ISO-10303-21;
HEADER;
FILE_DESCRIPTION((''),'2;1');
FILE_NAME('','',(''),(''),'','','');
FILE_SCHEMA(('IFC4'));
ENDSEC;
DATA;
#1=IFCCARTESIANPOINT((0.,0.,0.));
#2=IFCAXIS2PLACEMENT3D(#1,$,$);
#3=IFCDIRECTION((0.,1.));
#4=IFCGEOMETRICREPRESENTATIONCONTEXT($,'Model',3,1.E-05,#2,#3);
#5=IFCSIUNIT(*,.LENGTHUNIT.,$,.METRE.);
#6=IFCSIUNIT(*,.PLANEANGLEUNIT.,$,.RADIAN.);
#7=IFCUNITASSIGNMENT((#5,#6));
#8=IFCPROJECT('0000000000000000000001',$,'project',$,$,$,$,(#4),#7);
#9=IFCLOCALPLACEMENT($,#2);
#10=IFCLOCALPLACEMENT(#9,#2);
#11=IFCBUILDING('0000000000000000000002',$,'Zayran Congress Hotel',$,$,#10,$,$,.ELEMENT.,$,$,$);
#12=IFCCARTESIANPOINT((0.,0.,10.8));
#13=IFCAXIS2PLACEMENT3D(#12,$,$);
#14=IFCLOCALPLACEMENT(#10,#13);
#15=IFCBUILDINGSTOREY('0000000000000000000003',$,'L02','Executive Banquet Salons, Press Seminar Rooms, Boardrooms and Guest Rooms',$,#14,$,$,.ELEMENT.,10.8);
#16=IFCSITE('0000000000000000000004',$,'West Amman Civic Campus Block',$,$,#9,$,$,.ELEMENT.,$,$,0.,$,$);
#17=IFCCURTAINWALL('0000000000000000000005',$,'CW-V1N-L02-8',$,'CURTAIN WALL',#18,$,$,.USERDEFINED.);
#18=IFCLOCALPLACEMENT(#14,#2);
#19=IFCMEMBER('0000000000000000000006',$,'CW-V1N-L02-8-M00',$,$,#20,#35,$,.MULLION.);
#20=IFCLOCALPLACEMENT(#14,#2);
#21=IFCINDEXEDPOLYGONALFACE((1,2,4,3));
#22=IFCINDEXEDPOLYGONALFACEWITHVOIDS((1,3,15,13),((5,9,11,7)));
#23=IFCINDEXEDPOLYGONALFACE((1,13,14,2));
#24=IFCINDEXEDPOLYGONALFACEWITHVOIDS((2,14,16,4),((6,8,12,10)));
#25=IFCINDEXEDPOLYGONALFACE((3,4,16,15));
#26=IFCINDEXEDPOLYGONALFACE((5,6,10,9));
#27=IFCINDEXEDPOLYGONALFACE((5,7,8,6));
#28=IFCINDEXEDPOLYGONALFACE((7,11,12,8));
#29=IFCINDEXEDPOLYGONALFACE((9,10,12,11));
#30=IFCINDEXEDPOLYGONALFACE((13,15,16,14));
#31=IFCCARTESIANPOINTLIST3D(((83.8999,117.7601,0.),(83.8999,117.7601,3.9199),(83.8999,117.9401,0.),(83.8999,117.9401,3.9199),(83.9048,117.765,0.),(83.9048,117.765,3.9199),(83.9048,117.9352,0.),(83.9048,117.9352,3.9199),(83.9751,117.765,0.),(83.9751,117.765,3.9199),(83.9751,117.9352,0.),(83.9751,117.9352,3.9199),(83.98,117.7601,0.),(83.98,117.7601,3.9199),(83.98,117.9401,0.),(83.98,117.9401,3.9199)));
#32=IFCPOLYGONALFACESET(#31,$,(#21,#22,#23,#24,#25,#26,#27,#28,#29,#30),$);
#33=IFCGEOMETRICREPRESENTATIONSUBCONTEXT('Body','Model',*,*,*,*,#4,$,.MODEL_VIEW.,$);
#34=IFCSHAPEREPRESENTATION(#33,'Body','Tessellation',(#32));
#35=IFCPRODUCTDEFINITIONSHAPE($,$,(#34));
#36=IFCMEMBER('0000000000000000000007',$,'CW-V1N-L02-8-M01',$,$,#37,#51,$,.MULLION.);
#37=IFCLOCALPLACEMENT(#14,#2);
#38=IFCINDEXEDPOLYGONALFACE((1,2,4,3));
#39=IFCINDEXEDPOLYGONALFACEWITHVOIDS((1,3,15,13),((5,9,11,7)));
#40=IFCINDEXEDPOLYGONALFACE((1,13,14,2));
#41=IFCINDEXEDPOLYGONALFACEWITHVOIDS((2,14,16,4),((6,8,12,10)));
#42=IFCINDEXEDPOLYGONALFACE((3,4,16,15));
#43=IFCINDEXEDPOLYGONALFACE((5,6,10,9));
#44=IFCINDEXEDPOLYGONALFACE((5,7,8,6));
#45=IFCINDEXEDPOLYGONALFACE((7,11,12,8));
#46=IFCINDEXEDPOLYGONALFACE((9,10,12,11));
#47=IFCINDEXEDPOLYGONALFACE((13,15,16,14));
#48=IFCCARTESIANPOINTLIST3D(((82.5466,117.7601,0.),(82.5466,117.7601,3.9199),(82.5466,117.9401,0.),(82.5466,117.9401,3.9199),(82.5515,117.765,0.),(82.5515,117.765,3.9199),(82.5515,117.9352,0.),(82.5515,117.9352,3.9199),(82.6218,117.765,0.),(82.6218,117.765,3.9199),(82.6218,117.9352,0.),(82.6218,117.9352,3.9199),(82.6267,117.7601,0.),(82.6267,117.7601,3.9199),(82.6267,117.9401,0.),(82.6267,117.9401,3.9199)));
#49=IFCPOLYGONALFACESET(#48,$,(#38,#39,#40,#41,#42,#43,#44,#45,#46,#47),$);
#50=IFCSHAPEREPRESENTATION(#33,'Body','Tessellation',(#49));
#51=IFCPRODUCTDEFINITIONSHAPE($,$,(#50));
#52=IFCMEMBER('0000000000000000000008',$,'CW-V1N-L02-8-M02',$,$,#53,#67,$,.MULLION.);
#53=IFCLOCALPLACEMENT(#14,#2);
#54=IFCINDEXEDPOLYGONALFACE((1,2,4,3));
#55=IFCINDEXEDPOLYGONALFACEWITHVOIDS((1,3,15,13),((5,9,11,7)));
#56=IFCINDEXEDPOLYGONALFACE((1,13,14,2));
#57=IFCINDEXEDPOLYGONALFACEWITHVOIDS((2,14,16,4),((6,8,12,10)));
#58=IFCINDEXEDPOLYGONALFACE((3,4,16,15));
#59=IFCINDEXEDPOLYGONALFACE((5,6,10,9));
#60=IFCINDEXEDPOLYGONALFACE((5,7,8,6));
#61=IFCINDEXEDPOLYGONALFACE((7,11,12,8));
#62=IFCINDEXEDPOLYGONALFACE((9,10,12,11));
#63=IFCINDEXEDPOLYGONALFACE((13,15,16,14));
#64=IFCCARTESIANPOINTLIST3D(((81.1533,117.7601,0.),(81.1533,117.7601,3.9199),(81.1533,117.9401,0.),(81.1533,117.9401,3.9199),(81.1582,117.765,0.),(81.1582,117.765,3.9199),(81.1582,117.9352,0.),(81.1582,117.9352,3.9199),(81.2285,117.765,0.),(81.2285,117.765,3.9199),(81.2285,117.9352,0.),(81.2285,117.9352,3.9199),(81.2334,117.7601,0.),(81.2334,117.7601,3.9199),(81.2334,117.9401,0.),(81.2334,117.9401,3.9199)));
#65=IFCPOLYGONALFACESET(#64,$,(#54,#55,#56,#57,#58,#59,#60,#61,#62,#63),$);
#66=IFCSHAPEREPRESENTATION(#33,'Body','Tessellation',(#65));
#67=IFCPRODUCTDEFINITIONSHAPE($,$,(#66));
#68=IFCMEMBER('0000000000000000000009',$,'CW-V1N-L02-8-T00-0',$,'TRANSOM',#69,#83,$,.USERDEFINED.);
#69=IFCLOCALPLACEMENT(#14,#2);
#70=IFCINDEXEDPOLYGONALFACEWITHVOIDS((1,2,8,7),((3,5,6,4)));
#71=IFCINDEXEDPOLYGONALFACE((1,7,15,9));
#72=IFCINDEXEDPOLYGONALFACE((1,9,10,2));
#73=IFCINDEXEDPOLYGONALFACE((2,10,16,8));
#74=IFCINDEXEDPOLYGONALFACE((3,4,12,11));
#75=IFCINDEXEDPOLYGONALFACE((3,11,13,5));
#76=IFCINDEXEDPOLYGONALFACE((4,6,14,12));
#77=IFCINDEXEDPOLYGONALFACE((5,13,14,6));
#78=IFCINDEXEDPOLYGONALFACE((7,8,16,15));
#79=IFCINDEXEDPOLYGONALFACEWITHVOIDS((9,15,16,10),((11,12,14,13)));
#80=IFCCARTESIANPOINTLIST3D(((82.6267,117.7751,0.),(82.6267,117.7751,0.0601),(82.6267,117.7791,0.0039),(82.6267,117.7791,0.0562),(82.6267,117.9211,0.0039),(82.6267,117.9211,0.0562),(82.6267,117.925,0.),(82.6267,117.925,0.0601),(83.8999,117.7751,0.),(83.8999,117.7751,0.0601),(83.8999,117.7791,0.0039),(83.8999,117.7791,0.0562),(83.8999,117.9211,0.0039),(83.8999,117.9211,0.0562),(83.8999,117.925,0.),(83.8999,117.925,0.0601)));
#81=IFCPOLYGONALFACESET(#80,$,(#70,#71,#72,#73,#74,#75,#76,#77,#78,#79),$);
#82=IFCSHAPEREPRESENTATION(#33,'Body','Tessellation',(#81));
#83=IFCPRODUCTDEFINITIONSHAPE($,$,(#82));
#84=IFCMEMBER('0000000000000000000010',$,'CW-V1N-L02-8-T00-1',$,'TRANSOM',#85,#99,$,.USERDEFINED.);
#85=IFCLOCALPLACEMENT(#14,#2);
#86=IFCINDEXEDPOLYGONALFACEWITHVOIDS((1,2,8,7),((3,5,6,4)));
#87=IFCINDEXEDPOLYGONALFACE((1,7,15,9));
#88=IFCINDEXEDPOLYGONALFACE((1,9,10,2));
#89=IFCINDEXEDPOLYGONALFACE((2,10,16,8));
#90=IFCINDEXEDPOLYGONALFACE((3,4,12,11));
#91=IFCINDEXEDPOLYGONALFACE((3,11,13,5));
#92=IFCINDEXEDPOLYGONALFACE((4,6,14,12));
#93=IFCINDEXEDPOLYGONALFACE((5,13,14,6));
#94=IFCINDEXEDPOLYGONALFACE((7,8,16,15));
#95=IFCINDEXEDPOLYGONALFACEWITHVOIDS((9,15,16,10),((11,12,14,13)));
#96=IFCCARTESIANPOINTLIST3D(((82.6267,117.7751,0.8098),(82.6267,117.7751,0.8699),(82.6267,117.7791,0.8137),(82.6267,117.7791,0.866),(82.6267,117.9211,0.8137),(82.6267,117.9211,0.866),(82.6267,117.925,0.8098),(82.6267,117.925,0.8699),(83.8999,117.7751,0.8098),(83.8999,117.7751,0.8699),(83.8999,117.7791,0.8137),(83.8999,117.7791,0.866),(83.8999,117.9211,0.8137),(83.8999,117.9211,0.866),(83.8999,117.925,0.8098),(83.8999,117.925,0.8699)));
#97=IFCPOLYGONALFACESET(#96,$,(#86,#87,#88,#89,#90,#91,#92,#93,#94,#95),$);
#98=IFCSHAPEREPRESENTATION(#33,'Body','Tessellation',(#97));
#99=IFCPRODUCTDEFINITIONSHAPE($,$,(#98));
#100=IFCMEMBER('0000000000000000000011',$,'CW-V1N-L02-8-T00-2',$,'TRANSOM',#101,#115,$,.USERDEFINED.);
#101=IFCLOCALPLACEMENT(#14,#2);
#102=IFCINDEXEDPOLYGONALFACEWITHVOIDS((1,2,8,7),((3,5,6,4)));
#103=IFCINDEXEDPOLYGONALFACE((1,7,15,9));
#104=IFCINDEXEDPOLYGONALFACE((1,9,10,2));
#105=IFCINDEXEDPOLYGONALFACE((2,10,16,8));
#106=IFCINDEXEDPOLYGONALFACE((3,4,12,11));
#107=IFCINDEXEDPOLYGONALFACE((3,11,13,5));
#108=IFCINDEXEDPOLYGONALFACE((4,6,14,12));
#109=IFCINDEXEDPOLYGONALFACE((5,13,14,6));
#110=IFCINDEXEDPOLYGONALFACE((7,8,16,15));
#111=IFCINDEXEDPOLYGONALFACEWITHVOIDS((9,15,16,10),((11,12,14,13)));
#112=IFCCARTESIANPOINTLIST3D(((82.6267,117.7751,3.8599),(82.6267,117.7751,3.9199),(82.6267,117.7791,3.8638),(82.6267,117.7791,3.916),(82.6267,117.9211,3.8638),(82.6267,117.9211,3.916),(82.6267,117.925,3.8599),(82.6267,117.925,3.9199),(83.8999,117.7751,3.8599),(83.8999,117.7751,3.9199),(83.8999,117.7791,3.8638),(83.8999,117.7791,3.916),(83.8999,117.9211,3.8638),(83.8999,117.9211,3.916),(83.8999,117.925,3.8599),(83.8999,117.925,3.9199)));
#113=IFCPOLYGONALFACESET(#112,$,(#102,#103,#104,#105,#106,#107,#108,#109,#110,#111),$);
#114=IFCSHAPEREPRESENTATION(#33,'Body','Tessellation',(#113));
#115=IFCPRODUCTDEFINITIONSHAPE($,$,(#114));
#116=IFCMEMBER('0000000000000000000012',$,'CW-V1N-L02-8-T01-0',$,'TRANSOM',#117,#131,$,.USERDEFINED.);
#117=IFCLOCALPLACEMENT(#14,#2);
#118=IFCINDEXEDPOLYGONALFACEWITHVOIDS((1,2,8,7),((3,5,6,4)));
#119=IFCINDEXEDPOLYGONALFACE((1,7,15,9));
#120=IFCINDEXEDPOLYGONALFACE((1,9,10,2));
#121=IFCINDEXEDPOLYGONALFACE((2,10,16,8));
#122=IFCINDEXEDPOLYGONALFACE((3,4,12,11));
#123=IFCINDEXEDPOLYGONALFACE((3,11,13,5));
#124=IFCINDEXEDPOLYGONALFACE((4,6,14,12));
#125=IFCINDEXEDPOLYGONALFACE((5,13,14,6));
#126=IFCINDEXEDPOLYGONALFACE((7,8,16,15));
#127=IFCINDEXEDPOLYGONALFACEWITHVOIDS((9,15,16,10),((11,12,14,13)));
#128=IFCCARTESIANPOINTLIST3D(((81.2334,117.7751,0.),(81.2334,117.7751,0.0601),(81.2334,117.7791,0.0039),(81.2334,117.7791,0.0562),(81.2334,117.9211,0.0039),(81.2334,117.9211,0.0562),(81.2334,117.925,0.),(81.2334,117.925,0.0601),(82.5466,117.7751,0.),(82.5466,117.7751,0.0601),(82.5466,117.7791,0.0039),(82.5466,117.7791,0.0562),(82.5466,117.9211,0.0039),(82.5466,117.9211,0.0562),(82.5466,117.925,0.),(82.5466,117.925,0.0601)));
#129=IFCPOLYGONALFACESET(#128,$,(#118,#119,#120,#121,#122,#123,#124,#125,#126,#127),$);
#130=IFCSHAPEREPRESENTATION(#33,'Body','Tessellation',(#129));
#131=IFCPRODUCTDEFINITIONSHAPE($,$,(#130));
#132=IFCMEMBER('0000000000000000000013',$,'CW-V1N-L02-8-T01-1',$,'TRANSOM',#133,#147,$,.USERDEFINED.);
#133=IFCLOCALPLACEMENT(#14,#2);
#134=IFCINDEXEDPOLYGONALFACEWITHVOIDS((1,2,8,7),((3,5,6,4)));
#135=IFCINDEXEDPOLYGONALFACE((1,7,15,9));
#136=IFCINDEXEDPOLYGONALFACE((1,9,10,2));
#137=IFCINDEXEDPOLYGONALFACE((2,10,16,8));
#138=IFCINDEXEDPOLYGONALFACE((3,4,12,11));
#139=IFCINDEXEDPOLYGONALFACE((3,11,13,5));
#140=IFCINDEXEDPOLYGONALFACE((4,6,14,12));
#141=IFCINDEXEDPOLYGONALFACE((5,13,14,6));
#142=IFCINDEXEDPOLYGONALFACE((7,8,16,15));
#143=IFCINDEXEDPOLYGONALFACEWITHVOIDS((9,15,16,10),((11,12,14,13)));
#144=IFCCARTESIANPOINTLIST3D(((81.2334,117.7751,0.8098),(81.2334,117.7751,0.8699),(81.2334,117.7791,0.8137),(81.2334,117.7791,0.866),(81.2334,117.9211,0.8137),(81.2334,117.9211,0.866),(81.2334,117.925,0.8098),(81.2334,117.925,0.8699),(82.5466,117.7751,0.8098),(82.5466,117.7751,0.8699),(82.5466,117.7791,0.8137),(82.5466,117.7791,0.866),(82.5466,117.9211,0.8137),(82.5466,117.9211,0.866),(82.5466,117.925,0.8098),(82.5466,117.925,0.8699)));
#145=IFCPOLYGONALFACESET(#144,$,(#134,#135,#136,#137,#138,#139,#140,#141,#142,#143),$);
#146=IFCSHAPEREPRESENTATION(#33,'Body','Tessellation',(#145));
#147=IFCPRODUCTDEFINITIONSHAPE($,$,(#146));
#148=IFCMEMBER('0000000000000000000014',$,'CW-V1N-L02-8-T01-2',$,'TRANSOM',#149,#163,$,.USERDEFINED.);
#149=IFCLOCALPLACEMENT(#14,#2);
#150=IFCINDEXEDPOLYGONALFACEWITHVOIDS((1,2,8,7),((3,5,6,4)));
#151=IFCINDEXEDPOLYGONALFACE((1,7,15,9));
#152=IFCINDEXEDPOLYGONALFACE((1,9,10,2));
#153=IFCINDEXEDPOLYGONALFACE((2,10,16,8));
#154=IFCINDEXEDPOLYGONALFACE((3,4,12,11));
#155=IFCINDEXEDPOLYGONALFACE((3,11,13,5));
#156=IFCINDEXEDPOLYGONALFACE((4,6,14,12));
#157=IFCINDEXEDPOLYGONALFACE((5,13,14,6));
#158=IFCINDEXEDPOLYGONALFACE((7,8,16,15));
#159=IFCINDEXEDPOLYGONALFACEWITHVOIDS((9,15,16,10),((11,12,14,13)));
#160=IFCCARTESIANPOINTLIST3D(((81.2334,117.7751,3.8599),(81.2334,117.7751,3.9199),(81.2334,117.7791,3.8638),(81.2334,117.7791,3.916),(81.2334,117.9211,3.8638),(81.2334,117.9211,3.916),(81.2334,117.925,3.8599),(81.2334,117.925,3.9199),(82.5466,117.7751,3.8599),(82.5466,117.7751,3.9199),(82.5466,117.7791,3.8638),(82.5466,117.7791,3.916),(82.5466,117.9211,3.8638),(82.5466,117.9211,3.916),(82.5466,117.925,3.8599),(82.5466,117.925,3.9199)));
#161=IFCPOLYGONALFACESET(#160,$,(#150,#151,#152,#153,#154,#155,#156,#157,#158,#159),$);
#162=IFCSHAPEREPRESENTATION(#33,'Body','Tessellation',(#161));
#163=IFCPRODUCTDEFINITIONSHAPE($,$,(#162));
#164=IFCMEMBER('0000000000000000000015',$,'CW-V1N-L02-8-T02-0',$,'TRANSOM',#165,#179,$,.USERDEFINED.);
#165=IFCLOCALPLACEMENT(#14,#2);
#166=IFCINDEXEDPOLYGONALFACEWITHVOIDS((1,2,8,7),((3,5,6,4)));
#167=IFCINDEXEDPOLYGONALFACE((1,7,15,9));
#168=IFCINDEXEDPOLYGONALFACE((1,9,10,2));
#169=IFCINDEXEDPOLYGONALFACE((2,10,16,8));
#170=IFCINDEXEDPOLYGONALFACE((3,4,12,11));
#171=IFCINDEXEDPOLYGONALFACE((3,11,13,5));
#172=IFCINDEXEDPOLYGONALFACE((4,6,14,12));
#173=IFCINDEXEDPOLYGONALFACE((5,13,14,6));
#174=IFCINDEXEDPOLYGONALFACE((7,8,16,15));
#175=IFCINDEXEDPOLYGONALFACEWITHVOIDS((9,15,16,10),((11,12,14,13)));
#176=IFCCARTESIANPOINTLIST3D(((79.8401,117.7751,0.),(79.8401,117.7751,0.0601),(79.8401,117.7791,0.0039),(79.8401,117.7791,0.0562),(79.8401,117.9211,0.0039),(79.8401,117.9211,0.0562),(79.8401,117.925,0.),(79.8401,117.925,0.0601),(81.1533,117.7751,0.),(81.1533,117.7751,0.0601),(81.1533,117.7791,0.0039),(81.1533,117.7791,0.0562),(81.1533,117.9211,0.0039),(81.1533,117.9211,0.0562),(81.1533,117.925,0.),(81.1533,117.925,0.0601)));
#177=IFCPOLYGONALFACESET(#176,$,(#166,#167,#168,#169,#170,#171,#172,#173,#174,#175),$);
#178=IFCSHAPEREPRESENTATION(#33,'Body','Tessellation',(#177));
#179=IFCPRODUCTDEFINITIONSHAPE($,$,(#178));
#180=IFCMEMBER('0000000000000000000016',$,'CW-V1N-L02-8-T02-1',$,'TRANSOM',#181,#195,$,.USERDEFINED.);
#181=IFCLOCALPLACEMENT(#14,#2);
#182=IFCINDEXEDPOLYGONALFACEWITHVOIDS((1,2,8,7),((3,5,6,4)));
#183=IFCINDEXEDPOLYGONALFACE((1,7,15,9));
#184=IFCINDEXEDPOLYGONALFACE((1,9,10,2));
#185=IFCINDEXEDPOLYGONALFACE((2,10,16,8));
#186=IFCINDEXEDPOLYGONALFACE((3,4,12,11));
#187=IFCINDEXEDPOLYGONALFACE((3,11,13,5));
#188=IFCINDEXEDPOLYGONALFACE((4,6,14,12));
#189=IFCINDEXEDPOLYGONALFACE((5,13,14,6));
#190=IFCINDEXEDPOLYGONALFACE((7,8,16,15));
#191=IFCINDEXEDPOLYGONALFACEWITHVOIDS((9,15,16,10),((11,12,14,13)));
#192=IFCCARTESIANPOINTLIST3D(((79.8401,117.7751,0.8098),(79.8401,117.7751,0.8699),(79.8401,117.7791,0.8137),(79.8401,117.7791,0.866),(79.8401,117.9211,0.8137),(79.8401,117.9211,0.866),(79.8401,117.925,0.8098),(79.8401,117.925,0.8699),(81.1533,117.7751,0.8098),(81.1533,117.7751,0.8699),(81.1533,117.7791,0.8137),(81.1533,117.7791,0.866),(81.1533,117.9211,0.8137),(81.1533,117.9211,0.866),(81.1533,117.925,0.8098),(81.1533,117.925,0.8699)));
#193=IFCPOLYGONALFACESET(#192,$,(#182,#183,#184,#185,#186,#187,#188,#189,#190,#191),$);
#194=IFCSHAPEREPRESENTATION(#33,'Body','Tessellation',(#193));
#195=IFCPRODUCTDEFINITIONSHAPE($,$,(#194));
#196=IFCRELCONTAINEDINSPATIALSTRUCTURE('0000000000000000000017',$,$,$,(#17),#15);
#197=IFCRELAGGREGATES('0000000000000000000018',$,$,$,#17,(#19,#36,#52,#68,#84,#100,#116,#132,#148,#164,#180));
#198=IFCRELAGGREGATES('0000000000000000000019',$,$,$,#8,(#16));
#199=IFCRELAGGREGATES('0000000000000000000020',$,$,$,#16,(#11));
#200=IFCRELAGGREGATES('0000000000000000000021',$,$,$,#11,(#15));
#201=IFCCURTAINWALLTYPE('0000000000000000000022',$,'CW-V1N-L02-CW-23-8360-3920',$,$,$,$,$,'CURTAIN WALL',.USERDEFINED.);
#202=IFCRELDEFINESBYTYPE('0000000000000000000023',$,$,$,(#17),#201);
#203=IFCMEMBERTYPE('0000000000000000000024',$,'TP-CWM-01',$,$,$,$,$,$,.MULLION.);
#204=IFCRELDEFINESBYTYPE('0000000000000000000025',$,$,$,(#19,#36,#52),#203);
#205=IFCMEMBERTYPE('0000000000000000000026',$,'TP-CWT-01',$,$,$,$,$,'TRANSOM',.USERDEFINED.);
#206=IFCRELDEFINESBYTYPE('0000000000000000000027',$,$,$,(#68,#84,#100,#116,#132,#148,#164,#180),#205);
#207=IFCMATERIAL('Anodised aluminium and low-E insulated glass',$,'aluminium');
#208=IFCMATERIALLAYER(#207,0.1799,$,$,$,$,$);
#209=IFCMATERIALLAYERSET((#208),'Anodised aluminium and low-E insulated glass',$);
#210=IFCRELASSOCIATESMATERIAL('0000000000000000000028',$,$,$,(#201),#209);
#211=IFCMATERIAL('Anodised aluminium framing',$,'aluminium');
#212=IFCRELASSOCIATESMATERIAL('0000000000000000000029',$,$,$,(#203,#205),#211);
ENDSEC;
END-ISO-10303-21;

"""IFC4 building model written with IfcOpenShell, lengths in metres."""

from ifc_helpers import new_model, si_unit, direction, frame, origin, origin_2d, place, context, subcontext, project, spatial, hollow_rectangle, extrude, material, layer, layer_set, material_profile, profile_set, type_object, element, aggregate, save


model = new_model("IFC4")

# Units and contexts
model_context = context("Model", 3, precision=1e-05, world=origin(), true_north=direction((0.0, 1.0)))
body_context = subcontext(model_context, "Body", "Model", "MODEL_VIEW")
ifc_project = project(units=[si_unit("LENGTHUNIT", "METRE"), si_unit("PLANEANGLEUNIT", "RADIAN")], contexts=[model_context])

# Site, building, storey
site_placement = place(None, origin())
site = spatial("IfcSite", under=ifc_project, at=site_placement, Name="West Amman Civic Campus Block", CompositionType="ELEMENT", RefElevation=0.0)
building_placement = place(site_placement, origin())
building = spatial("IfcBuilding", under=site, at=building_placement, Name="Zayran Congress Hotel", CompositionType="ELEMENT")
storey_placement = place(building_placement, frame((0.0, 0.0, 10.8)))
storey = spatial("IfcBuildingStorey", under=building, at=storey_placement, Name="L02", Description="Executive Banquet Salons, Press Seminar Rooms, Boardrooms and Guest Rooms", CompositionType="ELEMENT", Elevation=10.8)

# Curtain wall, members
ifc_material_1 = material(Name="Anodised aluminium and low-E insulated glass", Category="aluminium")
ifc_layer_1 = layer(ifc_material_1, 0.1799)
ifc_layer_set_1 = layer_set([ifc_layer_1], Name="Anodised aluminium and low-E insulated glass")
curtain_wall_type = type_object("IfcCurtainWallType", Name="CW-V1N-L02-CW-23-8360-3920", ElementType="CURTAIN WALL", PredefinedType="USERDEFINED", material=ifc_layer_set_1)
curtain_wall_placement = place(storey_placement, origin())
curtain_wall = element("IfcCurtainWall", 1, at=curtain_wall_placement, inside=storey, type_object=curtain_wall_type, Name="CW-V1N-L02-8", ObjectType="CURTAIN WALL", PredefinedType="USERDEFINED")
ifc_material_2 = material(Name="Anodised aluminium framing", Category="aluminium")
ifc_material_profile_1 = material_profile(ifc_material_2, hollow_rectangle(XDim=0.0801, YDim=0.1799, WallThickness=0.0049, at=origin_2d()), Name="RHS 180x80x5")
ifc_profile_set_1 = profile_set([ifc_material_profile_1], Name="Anodised aluminium framing")
member_type_1 = type_object("IfcMemberType", Name="TP-CWM-01", PredefinedType="MULLION", material=ifc_profile_set_1)
member_1_placement = place(storey_placement, frame((83.9399, 117.8501, 0.0), z_axis=(0.0, 0.0, 1.0), x_axis=(1.0, 0.0, 0.0)))
member_1 = element("IfcMember", 2, at=member_1_placement, type_object=member_type_1, Name="CW-V1N-L02-8-M00", PredefinedType="MULLION", context=body_context, shape_type="SweptSolid", body=[
    extrude(hollow_rectangle(XDim=0.0801, YDim=0.1799, WallThickness=0.0049, at=origin_2d()), origin(), (0.0, 0.0, 1.0), 3.9199),
])
member_2_placement = place(storey_placement, frame((82.5867, 117.8501, 0.0), z_axis=(0.0, 0.0, 1.0), x_axis=(1.0, 0.0, 0.0)))
member_2 = element("IfcMember", 3, at=member_2_placement, type_object=member_type_1, Name="CW-V1N-L02-8-M01", PredefinedType="MULLION", context=body_context, shape_type="SweptSolid", body=[
    extrude(hollow_rectangle(XDim=0.0801, YDim=0.1799, WallThickness=0.0049, at=origin_2d()), origin(), (0.0, 0.0, 1.0), 3.9199),
])
member_3_placement = place(storey_placement, frame((81.1934, 117.8501, 0.0), z_axis=(0.0, 0.0, 1.0), x_axis=(1.0, 0.0, 0.0)))
member_3 = element("IfcMember", 4, at=member_3_placement, type_object=member_type_1, Name="CW-V1N-L02-8-M02", PredefinedType="MULLION", context=body_context, shape_type="SweptSolid", body=[
    extrude(hollow_rectangle(XDim=0.0801, YDim=0.1799, WallThickness=0.0049, at=origin_2d()), origin(), (0.0, 0.0, 1.0), 3.9199),
])
ifc_material_profile_2 = material_profile(ifc_material_2, hollow_rectangle(XDim=0.0601, YDim=0.1499, WallThickness=0.0039, at=origin_2d()), Name="RHS 150x60x4")
ifc_profile_set_2 = profile_set([ifc_material_profile_2], Name="Anodised aluminium framing")
member_type_2 = type_object("IfcMemberType", Name="TP-CWT-01", ElementType="TRANSOM", PredefinedType="USERDEFINED", material=ifc_profile_set_2)
member_4_placement = place(storey_placement, frame((83.8999, 117.8501, 0.03), z_axis=(-1.0, 0.0, 0.0), x_axis=(0.0, 0.0, 1.0)))
member_4 = element("IfcMember", 5, at=member_4_placement, type_object=member_type_2, Name="CW-V1N-L02-8-T00-0", ObjectType="TRANSOM", PredefinedType="USERDEFINED", context=body_context, shape_type="SweptSolid", body=[
    extrude(hollow_rectangle(XDim=0.0601, YDim=0.1499, WallThickness=0.0039, at=origin_2d()), origin(), (0.0, 0.0, 1.0), 1.2732),
])
member_5_placement = place(storey_placement, frame((83.8999, 117.8501, 0.8398), z_axis=(-1.0, 0.0, 0.0), x_axis=(0.0, 0.0, 1.0)))
member_5 = element("IfcMember", 6, at=member_5_placement, type_object=member_type_2, Name="CW-V1N-L02-8-T00-1", ObjectType="TRANSOM", PredefinedType="USERDEFINED", context=body_context, shape_type="SweptSolid", body=[
    extrude(hollow_rectangle(XDim=0.0601, YDim=0.1499, WallThickness=0.0039, at=origin_2d()), origin(), (0.0, 0.0, 1.0), 1.2732),
])
member_6_placement = place(storey_placement, frame((83.8999, 117.8501, 3.8899), z_axis=(-1.0, 0.0, 0.0), x_axis=(0.0, 0.0, 1.0)))
member_6 = element("IfcMember", 7, at=member_6_placement, type_object=member_type_2, Name="CW-V1N-L02-8-T00-2", ObjectType="TRANSOM", PredefinedType="USERDEFINED", context=body_context, shape_type="SweptSolid", body=[
    extrude(hollow_rectangle(XDim=0.0601, YDim=0.1499, WallThickness=0.0039, at=origin_2d()), origin(), (0.0, 0.0, 1.0), 1.2732),
])
member_7_placement = place(storey_placement, frame((82.5466, 117.8501, 0.03), z_axis=(-1.0, 0.0, 0.0), x_axis=(0.0, 0.0, 1.0)))
member_7 = element("IfcMember", 8, at=member_7_placement, type_object=member_type_2, Name="CW-V1N-L02-8-T01-0", ObjectType="TRANSOM", PredefinedType="USERDEFINED", context=body_context, shape_type="SweptSolid", body=[
    extrude(hollow_rectangle(XDim=0.0601, YDim=0.1499, WallThickness=0.0039, at=origin_2d()), origin(), (0.0, 0.0, 1.0), 1.3132),
])
member_8_placement = place(storey_placement, frame((82.5466, 117.8501, 0.8398), z_axis=(-1.0, 0.0, 0.0), x_axis=(0.0, 0.0, 1.0)))
member_8 = element("IfcMember", 9, at=member_8_placement, type_object=member_type_2, Name="CW-V1N-L02-8-T01-1", ObjectType="TRANSOM", PredefinedType="USERDEFINED", context=body_context, shape_type="SweptSolid", body=[
    extrude(hollow_rectangle(XDim=0.0601, YDim=0.1499, WallThickness=0.0039, at=origin_2d()), origin(), (0.0, 0.0, 1.0), 1.3132),
])
member_9_placement = place(storey_placement, frame((82.5466, 117.8501, 3.8899), z_axis=(-1.0, 0.0, 0.0), x_axis=(0.0, 0.0, 1.0)))
member_9 = element("IfcMember", 10, at=member_9_placement, type_object=member_type_2, Name="CW-V1N-L02-8-T01-2", ObjectType="TRANSOM", PredefinedType="USERDEFINED", context=body_context, shape_type="SweptSolid", body=[
    extrude(hollow_rectangle(XDim=0.0601, YDim=0.1499, WallThickness=0.0039, at=origin_2d()), origin(), (0.0, 0.0, 1.0), 1.3132),
])
member_10_placement = place(storey_placement, frame((81.1533, 117.8501, 0.03), z_axis=(-1.0, 0.0, 0.0), x_axis=(0.0, 0.0, 1.0)))
member_10 = element("IfcMember", 11, at=member_10_placement, type_object=member_type_2, Name="CW-V1N-L02-8-T02-0", ObjectType="TRANSOM", PredefinedType="USERDEFINED", context=body_context, shape_type="SweptSolid", body=[
    extrude(hollow_rectangle(XDim=0.0601, YDim=0.1499, WallThickness=0.0039, at=origin_2d()), origin(), (0.0, 0.0, 1.0), 1.3132),
])
member_11_placement = place(storey_placement, frame((81.1533, 117.8501, 0.8398), z_axis=(-1.0, 0.0, 0.0), x_axis=(0.0, 0.0, 1.0)))
member_11 = element("IfcMember", 12, at=member_11_placement, type_object=member_type_2, Name="CW-V1N-L02-8-T02-1", ObjectType="TRANSOM", PredefinedType="USERDEFINED", context=body_context, shape_type="SweptSolid", body=[
    extrude(hollow_rectangle(XDim=0.0601, YDim=0.1499, WallThickness=0.0039, at=origin_2d()), origin(), (0.0, 0.0, 1.0), 1.3132),
])
aggregate(curtain_wall, [member_1, member_2, member_3, member_4, member_5, member_6, member_7, member_8, member_9, member_10, member_11])

save(model, "model.ifc")
